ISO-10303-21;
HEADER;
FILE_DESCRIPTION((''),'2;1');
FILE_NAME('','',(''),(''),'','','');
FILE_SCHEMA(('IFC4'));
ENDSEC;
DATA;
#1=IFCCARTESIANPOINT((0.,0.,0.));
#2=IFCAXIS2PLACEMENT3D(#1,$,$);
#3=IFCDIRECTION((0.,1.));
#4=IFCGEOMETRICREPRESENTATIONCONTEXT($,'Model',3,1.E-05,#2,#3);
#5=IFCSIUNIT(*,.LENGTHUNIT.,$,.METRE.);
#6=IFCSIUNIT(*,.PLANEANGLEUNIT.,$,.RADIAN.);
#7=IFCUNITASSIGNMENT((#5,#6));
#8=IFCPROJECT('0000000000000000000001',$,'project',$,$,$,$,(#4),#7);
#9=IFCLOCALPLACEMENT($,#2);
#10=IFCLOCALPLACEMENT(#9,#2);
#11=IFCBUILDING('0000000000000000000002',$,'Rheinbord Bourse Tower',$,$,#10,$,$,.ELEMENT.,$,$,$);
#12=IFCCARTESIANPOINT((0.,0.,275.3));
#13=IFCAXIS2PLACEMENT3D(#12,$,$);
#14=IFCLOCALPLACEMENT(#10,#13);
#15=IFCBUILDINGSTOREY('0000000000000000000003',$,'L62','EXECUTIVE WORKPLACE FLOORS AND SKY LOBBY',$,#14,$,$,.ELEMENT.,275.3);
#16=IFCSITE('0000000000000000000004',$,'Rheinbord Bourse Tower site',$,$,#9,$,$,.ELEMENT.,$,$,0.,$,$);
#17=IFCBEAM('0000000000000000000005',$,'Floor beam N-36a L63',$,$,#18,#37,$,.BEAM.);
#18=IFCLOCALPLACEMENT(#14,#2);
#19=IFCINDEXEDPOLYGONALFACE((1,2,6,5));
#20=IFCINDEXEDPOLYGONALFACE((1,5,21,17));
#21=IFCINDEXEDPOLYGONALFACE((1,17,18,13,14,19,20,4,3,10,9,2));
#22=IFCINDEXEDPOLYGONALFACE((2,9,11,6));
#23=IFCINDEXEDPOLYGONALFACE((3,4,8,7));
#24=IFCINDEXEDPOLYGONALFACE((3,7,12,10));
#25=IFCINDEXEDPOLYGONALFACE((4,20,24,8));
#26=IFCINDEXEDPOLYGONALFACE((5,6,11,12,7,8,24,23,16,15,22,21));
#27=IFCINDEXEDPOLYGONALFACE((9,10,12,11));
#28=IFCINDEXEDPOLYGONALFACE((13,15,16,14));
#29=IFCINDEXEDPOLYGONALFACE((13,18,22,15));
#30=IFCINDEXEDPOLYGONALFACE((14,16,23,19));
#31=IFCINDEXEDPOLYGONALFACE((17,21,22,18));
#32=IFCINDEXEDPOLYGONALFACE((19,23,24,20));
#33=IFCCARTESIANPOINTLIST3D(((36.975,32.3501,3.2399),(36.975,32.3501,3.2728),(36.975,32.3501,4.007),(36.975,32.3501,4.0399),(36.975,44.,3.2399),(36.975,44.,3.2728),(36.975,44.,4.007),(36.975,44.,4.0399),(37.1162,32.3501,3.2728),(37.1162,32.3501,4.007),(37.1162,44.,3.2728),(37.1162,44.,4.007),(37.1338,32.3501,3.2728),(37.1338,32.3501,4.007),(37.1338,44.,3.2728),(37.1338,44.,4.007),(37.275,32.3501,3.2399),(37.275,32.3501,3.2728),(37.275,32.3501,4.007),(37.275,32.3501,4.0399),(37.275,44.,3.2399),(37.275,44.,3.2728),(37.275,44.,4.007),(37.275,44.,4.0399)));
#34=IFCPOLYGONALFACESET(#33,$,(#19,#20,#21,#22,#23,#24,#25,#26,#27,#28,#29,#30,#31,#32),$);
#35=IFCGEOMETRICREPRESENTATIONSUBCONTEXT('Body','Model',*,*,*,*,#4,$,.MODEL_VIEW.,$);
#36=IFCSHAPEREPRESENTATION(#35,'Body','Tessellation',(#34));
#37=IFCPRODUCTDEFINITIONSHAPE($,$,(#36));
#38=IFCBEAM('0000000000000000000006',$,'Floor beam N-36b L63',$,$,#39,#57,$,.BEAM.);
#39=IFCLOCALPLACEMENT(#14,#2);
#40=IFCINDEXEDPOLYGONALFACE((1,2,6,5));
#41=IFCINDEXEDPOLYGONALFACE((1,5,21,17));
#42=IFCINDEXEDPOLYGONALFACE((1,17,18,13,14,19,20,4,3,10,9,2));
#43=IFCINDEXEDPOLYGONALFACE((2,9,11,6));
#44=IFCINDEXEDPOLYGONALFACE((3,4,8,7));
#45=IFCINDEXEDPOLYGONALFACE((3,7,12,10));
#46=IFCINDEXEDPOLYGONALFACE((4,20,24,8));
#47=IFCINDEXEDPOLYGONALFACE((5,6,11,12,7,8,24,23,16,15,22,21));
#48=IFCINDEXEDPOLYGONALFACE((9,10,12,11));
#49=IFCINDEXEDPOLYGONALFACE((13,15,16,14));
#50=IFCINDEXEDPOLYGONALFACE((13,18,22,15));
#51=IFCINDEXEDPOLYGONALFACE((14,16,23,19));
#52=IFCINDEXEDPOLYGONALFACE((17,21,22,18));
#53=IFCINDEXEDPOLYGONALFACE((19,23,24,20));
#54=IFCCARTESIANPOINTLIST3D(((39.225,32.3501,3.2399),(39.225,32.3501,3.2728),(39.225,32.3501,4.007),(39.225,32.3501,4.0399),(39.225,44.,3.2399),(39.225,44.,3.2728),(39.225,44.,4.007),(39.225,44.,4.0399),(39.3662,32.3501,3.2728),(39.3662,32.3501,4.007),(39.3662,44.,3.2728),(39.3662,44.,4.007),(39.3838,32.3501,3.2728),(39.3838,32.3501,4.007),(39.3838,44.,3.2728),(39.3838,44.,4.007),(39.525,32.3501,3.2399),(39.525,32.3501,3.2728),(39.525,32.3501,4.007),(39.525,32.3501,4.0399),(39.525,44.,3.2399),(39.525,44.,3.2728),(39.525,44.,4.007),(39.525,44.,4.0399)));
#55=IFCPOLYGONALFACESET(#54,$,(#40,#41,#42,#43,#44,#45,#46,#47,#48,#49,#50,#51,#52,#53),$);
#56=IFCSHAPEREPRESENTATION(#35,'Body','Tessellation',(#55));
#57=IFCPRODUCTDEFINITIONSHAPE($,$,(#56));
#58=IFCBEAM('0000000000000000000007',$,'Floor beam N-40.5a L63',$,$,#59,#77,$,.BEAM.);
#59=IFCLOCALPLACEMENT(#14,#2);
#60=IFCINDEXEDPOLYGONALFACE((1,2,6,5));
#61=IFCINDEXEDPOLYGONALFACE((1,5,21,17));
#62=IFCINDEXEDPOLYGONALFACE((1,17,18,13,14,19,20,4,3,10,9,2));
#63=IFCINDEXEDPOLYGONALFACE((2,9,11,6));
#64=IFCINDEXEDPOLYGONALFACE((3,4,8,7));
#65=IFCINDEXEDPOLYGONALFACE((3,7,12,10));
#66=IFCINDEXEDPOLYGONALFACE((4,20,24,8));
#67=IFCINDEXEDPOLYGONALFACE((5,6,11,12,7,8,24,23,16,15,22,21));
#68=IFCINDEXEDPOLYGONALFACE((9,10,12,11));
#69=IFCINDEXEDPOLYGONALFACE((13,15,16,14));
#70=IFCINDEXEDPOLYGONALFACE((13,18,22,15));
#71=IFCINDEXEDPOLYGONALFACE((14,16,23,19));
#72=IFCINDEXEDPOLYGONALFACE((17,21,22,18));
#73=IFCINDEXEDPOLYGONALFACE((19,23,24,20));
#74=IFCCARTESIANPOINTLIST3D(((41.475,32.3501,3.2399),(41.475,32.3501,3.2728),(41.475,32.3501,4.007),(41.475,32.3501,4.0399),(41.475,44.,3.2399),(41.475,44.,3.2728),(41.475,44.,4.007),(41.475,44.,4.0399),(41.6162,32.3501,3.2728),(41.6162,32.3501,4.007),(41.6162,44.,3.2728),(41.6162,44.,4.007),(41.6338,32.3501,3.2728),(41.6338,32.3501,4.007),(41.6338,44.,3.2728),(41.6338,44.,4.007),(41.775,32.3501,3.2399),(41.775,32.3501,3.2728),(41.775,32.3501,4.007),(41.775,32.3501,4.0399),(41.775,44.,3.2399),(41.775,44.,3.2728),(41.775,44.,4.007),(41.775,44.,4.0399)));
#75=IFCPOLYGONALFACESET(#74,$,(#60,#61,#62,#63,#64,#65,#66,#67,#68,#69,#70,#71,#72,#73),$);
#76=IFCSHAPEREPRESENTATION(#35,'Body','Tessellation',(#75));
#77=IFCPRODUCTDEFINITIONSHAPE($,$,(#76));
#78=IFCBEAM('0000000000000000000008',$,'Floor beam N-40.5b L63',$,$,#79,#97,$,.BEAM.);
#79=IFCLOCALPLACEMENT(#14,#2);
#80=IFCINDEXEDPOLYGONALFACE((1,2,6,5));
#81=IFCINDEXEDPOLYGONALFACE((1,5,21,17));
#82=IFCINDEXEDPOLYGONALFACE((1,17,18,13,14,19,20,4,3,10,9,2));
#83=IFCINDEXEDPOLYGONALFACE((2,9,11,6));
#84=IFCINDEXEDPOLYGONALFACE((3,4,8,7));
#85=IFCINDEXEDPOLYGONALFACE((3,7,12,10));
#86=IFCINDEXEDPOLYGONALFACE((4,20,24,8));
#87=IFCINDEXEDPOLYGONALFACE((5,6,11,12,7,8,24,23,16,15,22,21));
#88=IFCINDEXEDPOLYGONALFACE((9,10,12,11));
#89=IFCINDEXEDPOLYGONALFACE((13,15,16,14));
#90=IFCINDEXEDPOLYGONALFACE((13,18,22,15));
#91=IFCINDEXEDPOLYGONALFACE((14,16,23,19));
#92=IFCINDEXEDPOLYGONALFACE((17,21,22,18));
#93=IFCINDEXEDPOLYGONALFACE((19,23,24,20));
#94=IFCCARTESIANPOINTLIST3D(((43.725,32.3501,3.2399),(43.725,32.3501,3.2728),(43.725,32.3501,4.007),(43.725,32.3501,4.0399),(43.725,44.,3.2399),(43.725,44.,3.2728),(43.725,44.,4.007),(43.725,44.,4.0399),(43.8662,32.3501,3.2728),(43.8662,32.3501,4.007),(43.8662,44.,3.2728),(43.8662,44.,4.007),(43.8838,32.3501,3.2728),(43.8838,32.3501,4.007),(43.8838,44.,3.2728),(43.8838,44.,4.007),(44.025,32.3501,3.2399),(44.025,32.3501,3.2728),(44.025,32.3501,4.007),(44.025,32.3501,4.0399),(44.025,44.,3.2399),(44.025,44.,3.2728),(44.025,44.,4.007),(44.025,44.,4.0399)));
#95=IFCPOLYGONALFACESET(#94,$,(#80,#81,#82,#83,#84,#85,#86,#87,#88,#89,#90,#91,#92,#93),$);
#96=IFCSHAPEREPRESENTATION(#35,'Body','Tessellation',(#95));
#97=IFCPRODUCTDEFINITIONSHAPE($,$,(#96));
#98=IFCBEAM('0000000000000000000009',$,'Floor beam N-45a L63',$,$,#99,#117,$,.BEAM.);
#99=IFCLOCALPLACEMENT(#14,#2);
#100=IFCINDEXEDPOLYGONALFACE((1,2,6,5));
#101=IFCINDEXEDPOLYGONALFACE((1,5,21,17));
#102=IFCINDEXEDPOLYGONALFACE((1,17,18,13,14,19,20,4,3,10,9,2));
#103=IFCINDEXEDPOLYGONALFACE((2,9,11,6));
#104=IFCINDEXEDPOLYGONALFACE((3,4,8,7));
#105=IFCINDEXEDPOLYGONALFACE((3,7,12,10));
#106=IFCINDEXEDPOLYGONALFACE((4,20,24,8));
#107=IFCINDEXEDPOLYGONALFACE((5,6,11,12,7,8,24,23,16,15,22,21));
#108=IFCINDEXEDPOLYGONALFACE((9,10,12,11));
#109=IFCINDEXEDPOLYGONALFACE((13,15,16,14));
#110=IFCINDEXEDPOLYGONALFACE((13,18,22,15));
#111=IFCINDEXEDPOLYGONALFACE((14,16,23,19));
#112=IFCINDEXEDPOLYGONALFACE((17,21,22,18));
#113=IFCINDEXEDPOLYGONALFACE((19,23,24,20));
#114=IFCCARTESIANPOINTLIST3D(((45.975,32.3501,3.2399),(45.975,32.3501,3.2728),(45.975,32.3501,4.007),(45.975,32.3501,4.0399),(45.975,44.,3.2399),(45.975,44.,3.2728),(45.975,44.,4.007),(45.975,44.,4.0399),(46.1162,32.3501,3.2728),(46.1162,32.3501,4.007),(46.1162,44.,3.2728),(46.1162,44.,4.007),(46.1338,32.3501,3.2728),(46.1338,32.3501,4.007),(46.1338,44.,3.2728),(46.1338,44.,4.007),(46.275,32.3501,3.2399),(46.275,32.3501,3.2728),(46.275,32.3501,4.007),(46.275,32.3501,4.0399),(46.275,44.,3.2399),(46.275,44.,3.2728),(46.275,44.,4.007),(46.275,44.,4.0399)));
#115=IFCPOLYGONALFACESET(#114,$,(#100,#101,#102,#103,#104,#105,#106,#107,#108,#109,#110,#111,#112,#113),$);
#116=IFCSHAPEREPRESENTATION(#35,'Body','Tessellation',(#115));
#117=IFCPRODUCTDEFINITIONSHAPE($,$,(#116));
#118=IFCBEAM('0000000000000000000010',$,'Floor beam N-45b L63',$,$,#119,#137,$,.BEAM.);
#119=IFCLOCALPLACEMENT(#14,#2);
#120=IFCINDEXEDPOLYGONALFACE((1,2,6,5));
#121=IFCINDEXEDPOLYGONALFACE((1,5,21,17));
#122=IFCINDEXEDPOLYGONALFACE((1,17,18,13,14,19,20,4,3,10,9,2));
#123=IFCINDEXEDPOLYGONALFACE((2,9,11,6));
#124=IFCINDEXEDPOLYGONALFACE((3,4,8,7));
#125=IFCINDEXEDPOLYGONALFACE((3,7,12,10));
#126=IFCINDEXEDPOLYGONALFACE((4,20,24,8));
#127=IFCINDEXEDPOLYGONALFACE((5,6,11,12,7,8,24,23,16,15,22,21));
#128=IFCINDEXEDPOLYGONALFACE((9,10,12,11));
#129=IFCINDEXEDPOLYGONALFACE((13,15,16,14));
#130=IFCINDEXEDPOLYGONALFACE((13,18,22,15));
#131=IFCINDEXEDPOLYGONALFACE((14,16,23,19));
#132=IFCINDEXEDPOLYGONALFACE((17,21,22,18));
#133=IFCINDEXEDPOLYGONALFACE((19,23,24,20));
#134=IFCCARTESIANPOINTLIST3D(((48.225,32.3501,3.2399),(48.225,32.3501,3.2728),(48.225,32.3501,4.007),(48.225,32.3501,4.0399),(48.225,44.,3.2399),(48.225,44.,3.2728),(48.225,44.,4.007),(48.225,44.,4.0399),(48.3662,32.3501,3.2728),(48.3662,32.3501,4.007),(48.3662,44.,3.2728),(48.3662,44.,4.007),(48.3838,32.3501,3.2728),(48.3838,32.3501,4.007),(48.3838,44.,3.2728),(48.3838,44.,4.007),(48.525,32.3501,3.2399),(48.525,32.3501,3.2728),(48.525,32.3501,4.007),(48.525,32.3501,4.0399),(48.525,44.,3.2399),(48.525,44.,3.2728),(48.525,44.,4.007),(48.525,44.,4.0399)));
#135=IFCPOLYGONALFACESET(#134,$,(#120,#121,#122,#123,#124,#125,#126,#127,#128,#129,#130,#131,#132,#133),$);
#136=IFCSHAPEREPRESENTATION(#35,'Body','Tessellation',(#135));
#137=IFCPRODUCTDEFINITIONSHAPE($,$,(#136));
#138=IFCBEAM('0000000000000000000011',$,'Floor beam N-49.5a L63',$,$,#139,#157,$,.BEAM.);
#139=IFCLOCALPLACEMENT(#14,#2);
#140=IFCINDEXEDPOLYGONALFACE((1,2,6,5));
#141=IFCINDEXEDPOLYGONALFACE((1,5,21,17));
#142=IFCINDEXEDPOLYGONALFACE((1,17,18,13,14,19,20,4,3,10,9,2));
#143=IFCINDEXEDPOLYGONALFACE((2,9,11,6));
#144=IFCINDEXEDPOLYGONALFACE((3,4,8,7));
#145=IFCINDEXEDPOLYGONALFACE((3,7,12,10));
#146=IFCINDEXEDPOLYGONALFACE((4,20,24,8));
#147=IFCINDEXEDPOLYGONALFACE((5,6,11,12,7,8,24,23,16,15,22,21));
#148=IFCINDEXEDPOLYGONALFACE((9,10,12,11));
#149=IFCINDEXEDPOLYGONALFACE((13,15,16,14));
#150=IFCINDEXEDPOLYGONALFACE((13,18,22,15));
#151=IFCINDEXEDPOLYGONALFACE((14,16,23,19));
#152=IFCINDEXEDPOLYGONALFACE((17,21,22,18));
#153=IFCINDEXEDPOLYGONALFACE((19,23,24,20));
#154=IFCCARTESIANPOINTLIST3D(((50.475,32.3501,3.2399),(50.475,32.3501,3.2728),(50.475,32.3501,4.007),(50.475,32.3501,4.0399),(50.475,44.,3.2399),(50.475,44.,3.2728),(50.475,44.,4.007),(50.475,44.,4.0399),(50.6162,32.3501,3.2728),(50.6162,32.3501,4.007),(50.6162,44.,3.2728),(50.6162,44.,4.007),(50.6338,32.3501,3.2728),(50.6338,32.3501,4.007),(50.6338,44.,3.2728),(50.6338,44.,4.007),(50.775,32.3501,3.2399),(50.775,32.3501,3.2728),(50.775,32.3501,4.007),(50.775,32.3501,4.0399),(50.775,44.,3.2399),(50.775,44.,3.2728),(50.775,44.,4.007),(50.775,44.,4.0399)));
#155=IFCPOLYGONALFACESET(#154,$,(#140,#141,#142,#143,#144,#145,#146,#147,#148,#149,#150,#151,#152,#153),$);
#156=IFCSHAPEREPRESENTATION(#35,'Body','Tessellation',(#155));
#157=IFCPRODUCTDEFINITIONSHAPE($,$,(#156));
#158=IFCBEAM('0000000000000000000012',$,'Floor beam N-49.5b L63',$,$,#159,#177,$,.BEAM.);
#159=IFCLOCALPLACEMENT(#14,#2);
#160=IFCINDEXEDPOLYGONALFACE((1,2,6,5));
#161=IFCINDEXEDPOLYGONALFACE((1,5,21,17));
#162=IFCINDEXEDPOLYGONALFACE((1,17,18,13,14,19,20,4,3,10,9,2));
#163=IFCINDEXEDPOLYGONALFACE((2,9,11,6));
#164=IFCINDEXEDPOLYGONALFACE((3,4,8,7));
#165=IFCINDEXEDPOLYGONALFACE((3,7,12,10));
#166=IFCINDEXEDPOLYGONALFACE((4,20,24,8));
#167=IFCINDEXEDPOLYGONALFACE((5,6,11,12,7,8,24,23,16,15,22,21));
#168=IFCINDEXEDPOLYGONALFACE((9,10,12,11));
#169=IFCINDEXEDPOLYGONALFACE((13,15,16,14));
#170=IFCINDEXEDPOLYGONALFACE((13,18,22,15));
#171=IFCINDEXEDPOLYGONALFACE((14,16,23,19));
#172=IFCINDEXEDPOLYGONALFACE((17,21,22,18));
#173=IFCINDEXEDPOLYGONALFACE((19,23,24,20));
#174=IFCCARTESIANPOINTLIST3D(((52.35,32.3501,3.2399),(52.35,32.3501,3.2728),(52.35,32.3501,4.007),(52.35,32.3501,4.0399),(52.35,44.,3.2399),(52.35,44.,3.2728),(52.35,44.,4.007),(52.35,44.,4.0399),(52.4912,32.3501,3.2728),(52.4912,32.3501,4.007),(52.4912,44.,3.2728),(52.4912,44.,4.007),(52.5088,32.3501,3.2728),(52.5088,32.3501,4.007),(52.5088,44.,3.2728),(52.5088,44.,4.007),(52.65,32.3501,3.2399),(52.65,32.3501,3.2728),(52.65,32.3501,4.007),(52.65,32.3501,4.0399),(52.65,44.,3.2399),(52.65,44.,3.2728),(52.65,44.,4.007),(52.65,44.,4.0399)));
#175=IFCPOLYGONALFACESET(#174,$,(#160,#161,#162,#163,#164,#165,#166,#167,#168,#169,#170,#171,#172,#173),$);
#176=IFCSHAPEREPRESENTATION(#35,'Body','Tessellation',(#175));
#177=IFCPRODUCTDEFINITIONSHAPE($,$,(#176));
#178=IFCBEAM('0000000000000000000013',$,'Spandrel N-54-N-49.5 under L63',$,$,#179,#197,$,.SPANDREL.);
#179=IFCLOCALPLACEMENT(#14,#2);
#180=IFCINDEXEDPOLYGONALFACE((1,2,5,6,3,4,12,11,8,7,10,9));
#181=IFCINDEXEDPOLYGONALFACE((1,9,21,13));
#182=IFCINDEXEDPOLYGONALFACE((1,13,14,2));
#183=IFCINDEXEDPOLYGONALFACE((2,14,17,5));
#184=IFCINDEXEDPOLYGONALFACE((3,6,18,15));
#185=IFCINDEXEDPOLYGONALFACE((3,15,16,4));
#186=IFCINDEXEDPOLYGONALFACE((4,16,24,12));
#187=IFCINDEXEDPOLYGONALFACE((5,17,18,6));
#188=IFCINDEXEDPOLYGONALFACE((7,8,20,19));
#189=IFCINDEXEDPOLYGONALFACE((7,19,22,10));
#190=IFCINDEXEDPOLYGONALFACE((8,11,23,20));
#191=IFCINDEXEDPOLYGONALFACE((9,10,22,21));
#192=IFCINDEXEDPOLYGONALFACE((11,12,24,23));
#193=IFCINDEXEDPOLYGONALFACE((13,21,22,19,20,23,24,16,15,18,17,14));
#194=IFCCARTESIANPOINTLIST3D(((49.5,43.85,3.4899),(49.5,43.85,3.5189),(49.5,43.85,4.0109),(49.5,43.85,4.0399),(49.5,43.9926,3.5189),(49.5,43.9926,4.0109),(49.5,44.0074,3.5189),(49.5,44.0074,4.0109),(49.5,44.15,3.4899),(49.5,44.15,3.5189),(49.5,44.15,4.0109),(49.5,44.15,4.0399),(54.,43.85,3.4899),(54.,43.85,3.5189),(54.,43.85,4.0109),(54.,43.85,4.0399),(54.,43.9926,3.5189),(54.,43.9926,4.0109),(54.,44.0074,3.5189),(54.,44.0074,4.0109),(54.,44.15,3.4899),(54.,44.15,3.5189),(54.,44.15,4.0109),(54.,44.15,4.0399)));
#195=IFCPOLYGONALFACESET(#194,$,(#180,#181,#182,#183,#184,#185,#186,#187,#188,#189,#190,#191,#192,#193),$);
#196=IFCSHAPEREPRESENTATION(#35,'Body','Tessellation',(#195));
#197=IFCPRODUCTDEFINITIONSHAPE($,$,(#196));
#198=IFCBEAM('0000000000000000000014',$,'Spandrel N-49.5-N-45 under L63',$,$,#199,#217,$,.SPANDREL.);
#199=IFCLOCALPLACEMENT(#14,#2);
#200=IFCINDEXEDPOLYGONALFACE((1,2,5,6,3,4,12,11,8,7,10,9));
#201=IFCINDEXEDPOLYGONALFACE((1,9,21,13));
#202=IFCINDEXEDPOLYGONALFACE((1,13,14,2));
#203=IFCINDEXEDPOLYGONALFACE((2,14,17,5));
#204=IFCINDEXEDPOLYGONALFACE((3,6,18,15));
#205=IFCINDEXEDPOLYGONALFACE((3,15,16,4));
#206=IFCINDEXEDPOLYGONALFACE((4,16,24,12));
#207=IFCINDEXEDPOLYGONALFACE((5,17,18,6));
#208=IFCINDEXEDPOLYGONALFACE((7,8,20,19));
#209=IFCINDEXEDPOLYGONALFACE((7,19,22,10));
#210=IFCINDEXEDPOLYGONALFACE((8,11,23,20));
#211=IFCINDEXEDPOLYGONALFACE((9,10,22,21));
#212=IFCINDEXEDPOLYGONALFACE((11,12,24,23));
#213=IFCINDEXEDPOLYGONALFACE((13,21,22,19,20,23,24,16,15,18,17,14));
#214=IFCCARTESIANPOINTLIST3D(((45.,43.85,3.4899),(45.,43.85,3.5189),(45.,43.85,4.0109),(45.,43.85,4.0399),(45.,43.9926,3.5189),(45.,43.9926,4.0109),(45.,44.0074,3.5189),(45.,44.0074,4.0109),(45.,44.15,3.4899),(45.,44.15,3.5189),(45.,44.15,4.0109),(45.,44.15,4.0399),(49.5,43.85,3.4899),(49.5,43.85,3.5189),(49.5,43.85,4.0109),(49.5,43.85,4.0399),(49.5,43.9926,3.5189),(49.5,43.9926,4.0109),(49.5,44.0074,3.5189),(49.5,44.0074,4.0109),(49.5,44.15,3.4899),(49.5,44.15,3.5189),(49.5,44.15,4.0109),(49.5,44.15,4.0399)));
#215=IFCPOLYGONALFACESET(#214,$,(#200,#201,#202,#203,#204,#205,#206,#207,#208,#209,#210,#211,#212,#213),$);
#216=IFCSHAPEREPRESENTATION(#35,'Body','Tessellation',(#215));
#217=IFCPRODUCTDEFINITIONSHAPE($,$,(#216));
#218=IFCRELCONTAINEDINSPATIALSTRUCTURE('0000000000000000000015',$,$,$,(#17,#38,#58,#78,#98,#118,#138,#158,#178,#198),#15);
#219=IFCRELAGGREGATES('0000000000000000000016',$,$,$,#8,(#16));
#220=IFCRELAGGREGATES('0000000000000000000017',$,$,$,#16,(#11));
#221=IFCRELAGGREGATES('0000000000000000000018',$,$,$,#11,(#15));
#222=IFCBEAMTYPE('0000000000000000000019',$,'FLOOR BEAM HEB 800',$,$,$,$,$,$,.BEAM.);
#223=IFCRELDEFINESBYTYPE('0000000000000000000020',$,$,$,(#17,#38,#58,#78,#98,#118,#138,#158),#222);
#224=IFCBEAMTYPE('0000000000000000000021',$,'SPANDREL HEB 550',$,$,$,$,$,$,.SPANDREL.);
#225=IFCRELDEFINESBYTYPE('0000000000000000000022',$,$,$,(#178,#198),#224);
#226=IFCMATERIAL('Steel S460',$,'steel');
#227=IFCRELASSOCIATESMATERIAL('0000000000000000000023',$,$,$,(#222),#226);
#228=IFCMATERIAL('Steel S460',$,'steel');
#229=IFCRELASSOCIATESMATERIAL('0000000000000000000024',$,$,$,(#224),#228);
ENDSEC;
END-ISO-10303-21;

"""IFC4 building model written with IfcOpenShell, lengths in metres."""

from ifc_helpers import new_model, si_unit, direction, frame, origin, origin_2d, place, context, subcontext, project, spatial, i_section, extrude, material, material_profile, profile_set, type_object, element, save


model = new_model("IFC4")

# Units and contexts
model_context = context("Model", 3, precision=1e-05, world=origin(), true_north=direction((0.0, 1.0)))
body_context = subcontext(model_context, "Body", "Model", "MODEL_VIEW")
ifc_project = project(units=[si_unit("LENGTHUNIT", "METRE"), si_unit("PLANEANGLEUNIT", "RADIAN")], contexts=[model_context])

# Site, building, storey
site_placement = place(None, origin())
site = spatial("IfcSite", under=ifc_project, at=site_placement, Name="Rheinbord Bourse Tower site", CompositionType="ELEMENT", RefElevation=0.0)
building_placement = place(site_placement, origin())
building = spatial("IfcBuilding", under=site, at=building_placement, Name="Rheinbord Bourse Tower", CompositionType="ELEMENT")
storey_placement = place(building_placement, frame((0.0, 0.0, 275.3)))
storey = spatial("IfcBuildingStorey", under=building, at=storey_placement, Name="L62", Description="EXECUTIVE WORKPLACE FLOORS AND SKY LOBBY", CompositionType="ELEMENT", Elevation=275.3)

# Beams
ifc_material_1 = material(Name="Steel S460", Category="steel")
ifc_material_profile_1 = material_profile(ifc_material_1, i_section(OverallWidth=0.3, OverallDepth=0.8, WebThickness=0.0176, FlangeThickness=0.033, at=origin_2d()), Name="HEB 800")
ifc_profile_set_1 = profile_set([ifc_material_profile_1], Name="Steel S460")
beam_type_1 = type_object("IfcBeamType", Name="FLOOR BEAM HEB 800", PredefinedType="BEAM", material=ifc_profile_set_1)
for number, where, z_axis, x_axis, name in (
    (1, (37.125, 44.0, 3.6399), (0.0, -1.0, 0.0), (1.0, 0.0, 0.0), "Floor beam N-36a L63"),
    (2, (39.375, 44.0, 3.6399), (0.0, -1.0, 0.0), (1.0, 0.0, 0.0), "Floor beam N-36b L63"),
    (3, (41.625, 44.0, 3.6399), (0.0, -1.0, 0.0), (1.0, 0.0, 0.0), "Floor beam N-40.5a L63"),
    (4, (43.875, 44.0, 3.6399), (0.0, -1.0, 0.0), (1.0, 0.0, 0.0), "Floor beam N-40.5b L63"),
    (5, (46.125, 44.0, 3.6399), (0.0, -1.0, 0.0), (1.0, 0.0, 0.0), "Floor beam N-45a L63"),
    (6, (48.375, 44.0, 3.6399), (0.0, -1.0, 0.0), (1.0, 0.0, 0.0), "Floor beam N-45b L63"),
    (7, (50.625, 44.0, 3.6399), (0.0, -1.0, 0.0), (1.0, 0.0, 0.0), "Floor beam N-49.5a L63"),
    (8, (52.5, 44.0, 3.6399), (0.0, -1.0, 0.0), (1.0, 0.0, 0.0), "Floor beam N-49.5b L63"),
):
    element("IfcBeam", number, at=place(storey_placement, frame(where, z_axis=z_axis, x_axis=x_axis)), inside=storey, type_object=beam_type_1, Name=name, PredefinedType="BEAM", context=body_context, shape_type="SweptSolid", body=[
        extrude(i_section(OverallWidth=0.3, OverallDepth=0.8, WebThickness=0.0176, FlangeThickness=0.033, at=origin_2d()), origin(), (0.0, 0.0, 1.0), 11.6499),
    ])
ifc_material_2 = material(Name="Steel S460", Category="steel")
ifc_material_profile_2 = material_profile(ifc_material_2, i_section(OverallWidth=0.3, OverallDepth=0.55, WebThickness=0.0149, FlangeThickness=0.0291, at=origin_2d()), Name="HEB 550")
ifc_profile_set_2 = profile_set([ifc_material_profile_2], Name="Steel S460")
beam_type_2 = type_object("IfcBeamType", Name="SPANDREL HEB 550", PredefinedType="SPANDREL", material=ifc_profile_set_2)
for number, where, z_axis, x_axis, name in (
    (9, (54.0, 44.0, 3.7649), (-1.0, 0.0, 0.0), (0.0, -1.0, 0.0), "Spandrel N-54-N-49.5 under L63"),
    (10, (49.5, 44.0, 3.7649), (-1.0, 0.0, 0.0), (0.0, -1.0, 0.0), "Spandrel N-49.5-N-45 under L63"),
):
    element("IfcBeam", number, at=place(storey_placement, frame(where, z_axis=z_axis, x_axis=x_axis)), inside=storey, type_object=beam_type_2, Name=name, PredefinedType="SPANDREL", context=body_context, shape_type="SweptSolid", body=[
        extrude(i_section(OverallWidth=0.3, OverallDepth=0.55, WebThickness=0.0149, FlangeThickness=0.0291, at=origin_2d()), origin(), (0.0, 0.0, 1.0), 4.5),
    ])

save(model, "model.ifc")
